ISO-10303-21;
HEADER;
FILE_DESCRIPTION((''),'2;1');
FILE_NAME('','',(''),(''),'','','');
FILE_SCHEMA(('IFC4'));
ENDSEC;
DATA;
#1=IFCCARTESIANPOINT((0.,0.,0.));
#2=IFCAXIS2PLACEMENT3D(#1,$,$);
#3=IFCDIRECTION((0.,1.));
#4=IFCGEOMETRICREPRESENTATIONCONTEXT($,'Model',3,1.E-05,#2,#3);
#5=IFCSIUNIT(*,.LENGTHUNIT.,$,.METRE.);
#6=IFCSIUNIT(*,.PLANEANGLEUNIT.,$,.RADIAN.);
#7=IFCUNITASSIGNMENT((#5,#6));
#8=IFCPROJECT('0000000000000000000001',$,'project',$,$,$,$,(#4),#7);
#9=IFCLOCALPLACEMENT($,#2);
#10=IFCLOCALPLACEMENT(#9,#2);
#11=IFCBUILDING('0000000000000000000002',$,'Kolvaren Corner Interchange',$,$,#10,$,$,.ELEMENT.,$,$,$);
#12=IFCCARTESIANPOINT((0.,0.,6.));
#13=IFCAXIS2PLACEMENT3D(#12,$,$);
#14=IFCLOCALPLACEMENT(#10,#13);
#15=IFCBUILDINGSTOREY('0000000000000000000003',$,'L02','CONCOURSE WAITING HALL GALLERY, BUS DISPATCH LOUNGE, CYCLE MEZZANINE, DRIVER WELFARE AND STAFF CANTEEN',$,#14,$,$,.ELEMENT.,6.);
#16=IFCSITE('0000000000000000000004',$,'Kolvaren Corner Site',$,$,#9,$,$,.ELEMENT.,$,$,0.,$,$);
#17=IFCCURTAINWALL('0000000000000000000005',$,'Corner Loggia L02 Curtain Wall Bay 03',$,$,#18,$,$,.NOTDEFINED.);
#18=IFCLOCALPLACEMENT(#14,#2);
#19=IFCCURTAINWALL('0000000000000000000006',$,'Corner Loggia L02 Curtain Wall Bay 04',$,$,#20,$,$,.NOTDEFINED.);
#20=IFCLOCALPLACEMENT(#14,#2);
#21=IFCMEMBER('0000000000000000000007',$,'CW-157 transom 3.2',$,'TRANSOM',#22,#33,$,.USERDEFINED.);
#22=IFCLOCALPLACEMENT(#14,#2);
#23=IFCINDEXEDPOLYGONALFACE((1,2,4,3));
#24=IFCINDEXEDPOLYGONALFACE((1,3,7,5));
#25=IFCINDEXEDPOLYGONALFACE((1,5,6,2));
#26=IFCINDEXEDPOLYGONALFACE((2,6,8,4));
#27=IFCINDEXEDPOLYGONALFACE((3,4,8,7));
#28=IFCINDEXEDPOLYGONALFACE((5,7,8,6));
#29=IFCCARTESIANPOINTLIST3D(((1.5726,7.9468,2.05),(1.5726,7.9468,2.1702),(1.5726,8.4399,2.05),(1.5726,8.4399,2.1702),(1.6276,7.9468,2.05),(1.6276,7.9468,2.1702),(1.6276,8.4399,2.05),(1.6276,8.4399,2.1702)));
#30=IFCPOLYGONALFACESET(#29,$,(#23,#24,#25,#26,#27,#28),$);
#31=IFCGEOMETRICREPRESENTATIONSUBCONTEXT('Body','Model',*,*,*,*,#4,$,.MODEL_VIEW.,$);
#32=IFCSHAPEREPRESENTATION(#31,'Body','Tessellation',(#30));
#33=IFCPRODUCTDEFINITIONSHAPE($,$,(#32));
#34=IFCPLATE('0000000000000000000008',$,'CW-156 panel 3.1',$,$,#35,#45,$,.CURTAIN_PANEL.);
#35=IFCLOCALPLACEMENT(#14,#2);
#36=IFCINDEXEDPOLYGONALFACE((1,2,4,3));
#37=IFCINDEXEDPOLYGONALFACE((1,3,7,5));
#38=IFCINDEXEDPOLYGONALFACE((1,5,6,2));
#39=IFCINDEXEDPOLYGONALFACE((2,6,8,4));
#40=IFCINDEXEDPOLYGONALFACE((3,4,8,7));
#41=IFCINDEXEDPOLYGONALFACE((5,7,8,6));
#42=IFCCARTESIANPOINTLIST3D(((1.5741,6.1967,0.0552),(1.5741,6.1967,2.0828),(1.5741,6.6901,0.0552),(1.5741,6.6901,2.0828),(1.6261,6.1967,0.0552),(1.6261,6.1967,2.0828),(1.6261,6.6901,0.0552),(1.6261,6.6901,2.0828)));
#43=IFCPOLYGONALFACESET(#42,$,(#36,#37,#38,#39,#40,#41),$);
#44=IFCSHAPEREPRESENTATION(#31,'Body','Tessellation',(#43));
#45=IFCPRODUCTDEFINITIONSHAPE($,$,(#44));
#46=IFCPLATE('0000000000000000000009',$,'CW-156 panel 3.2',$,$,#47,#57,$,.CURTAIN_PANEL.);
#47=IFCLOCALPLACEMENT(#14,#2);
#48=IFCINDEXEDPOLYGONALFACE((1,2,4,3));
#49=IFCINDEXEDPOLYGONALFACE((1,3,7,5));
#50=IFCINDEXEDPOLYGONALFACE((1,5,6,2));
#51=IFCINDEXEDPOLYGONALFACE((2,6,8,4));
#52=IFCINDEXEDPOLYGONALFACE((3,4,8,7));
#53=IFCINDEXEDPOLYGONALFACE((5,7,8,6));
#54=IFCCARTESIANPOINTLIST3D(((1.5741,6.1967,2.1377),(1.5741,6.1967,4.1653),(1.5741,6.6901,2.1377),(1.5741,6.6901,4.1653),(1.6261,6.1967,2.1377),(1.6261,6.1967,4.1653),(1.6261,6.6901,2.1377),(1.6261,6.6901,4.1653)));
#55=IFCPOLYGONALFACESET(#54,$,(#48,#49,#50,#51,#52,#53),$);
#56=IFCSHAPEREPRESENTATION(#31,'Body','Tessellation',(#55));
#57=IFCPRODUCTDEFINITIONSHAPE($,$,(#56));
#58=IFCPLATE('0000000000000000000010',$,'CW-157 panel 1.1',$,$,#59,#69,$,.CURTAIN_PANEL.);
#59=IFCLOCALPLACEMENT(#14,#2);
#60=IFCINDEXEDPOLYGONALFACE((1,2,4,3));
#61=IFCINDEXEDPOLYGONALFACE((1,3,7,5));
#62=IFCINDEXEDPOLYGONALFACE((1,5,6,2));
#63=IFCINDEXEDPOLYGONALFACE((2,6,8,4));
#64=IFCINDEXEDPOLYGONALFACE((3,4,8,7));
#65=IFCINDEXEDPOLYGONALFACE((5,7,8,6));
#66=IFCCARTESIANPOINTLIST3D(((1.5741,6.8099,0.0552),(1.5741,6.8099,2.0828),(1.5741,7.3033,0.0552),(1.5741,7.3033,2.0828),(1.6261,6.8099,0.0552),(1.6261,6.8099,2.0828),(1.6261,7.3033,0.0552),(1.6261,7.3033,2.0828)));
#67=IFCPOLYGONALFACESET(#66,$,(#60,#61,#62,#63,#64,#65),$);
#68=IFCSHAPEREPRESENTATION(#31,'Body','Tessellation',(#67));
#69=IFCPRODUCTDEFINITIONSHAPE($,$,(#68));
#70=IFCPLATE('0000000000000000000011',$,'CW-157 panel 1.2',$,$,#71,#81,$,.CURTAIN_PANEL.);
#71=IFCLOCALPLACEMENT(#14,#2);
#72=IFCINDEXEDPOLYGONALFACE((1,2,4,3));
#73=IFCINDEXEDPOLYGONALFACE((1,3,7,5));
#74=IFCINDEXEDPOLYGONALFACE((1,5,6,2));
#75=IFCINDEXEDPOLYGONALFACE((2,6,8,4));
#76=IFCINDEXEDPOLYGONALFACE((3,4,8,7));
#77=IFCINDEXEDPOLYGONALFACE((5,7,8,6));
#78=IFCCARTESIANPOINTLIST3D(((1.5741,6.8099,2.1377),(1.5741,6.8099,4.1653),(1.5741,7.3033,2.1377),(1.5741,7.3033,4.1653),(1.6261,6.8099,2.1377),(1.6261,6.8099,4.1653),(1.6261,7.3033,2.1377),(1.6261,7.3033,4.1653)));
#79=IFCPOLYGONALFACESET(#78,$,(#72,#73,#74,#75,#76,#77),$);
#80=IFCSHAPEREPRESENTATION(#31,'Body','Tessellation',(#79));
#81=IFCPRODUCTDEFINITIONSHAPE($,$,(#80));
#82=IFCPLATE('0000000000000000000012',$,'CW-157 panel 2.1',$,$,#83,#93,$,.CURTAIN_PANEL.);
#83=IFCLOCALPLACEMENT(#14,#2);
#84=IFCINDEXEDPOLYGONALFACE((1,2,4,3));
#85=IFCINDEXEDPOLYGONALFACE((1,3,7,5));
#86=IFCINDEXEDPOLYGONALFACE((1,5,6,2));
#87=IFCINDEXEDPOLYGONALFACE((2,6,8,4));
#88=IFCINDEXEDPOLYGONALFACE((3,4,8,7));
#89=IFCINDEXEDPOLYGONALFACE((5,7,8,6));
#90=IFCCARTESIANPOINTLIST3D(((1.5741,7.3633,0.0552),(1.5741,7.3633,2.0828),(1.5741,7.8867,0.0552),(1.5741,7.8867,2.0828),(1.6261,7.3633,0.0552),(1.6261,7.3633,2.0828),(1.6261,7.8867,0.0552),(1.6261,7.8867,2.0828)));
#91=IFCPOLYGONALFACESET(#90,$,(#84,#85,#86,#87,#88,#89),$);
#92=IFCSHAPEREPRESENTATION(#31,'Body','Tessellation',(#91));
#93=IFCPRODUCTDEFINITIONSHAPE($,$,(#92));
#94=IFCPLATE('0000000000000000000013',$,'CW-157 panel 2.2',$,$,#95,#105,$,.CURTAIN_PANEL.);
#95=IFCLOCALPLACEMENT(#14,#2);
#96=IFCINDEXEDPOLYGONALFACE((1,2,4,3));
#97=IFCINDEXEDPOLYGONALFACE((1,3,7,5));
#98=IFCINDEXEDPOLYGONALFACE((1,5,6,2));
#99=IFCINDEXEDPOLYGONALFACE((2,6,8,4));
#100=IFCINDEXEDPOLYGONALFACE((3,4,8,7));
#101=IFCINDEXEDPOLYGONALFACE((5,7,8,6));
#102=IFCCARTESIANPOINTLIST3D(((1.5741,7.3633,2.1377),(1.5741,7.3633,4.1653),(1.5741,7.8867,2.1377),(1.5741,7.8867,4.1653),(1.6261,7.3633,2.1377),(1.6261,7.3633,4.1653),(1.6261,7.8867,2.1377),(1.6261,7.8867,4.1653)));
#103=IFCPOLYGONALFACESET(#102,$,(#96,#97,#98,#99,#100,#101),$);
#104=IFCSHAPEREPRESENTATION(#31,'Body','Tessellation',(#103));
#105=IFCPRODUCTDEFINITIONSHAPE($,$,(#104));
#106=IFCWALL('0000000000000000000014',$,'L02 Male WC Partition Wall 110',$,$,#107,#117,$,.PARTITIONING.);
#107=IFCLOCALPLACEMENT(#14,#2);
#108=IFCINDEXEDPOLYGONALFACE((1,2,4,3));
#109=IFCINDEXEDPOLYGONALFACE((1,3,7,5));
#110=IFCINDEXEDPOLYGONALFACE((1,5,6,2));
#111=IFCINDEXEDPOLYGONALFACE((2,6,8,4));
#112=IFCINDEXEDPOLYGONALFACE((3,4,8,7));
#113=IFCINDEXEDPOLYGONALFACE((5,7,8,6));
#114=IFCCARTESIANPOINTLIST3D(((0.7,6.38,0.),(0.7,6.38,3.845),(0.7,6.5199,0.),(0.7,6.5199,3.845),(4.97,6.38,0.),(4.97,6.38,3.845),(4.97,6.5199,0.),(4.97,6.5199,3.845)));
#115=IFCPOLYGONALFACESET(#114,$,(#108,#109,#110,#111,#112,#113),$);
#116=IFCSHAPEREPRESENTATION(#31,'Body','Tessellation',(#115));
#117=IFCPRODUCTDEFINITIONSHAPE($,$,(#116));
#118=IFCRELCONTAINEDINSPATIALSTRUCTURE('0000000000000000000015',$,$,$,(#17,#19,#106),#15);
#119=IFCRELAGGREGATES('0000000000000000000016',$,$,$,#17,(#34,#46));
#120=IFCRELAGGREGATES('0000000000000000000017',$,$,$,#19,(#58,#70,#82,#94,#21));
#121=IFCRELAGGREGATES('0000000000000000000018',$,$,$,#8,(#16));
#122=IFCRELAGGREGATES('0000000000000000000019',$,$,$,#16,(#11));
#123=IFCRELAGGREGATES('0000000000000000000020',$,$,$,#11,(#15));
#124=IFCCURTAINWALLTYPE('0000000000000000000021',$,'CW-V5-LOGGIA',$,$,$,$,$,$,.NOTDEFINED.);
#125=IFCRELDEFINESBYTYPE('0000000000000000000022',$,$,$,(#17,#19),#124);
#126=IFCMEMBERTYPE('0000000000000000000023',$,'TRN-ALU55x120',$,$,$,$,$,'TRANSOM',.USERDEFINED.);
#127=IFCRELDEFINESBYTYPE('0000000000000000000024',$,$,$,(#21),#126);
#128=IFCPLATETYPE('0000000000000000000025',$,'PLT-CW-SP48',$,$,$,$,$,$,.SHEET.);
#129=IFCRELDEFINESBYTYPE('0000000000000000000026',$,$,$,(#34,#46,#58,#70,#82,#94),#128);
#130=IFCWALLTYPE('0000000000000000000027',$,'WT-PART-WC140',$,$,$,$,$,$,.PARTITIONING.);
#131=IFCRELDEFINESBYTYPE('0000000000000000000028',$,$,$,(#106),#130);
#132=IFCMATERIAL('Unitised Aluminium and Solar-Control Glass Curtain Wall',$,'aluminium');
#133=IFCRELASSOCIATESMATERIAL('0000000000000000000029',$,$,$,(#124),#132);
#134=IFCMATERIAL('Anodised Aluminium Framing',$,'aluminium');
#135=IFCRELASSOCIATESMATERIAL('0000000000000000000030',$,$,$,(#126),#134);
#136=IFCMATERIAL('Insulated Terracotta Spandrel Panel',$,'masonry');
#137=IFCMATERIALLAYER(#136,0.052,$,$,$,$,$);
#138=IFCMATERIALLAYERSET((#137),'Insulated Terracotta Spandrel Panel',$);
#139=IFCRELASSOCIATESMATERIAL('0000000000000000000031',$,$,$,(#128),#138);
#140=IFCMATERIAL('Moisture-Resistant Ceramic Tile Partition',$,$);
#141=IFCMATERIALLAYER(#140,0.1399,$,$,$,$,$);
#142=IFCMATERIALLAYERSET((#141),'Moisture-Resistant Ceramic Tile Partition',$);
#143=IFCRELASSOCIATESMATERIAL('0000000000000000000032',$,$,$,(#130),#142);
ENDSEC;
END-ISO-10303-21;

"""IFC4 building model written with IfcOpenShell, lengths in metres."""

from ifc_helpers import new_model, si_unit, direction, frame, frame_2d, origin, origin_2d, place, context, subcontext, project, spatial, rectangle, extrude, material, layer, layer_set, material_profile, profile_set, type_object, element, aggregate, save


model = new_model("IFC4")

# Units and contexts
model_context = context("Model", 3, precision=1e-05, world=origin(), true_north=direction((0.0, 1.0)))
body_context = subcontext(model_context, "Body", "Model", "MODEL_VIEW")
ifc_project = project(units=[si_unit("LENGTHUNIT", "METRE"), si_unit("PLANEANGLEUNIT", "RADIAN")], contexts=[model_context])

# Site, building, storey
site_placement = place(None, origin())
site = spatial("IfcSite", under=ifc_project, at=site_placement, Name="Kolvaren Corner Site", CompositionType="ELEMENT", RefElevation=0.0)
building_placement = place(site_placement, origin())
building = spatial("IfcBuilding", under=site, at=building_placement, Name="Kolvaren Corner Interchange", CompositionType="ELEMENT")
storey_placement = place(building_placement, frame((0.0, 0.0, 6.0)))
storey = spatial("IfcBuildingStorey", under=building, at=storey_placement, Name="L02", Description="CONCOURSE WAITING HALL GALLERY, BUS DISPATCH LOUNGE, CYCLE MEZZANINE, DRIVER WELFARE AND STAFF CANTEEN", CompositionType="ELEMENT", Elevation=6.0)

# Curtain walls
ifc_material_1 = material(Name="Unitised Aluminium and Solar-Control Glass Curtain Wall", Category="aluminium")
curtain_wall_type = type_object("IfcCurtainWallType", Name="CW-V5-LOGGIA", PredefinedType="NOTDEFINED", material=ifc_material_1)
curtain_wall_1_placement = place(storey_placement, origin())
curtain_wall_1 = element("IfcCurtainWall", 1, at=curtain_wall_1_placement, inside=storey, type_object=curtain_wall_type, Name="Corner Loggia L02 Curtain Wall Bay 03", PredefinedType="NOTDEFINED")
curtain_wall_2_placement = place(storey_placement, origin())
curtain_wall_2 = element("IfcCurtainWall", 2, at=curtain_wall_2_placement, inside=storey, type_object=curtain_wall_type, Name="Corner Loggia L02 Curtain Wall Bay 04", PredefinedType="NOTDEFINED")

# Member
ifc_material_2 = material(Name="Anodised Aluminium Framing", Category="aluminium")
ifc_material_profile_1 = material_profile(ifc_material_2, rectangle(XDim=0.0549, YDim=0.1201, at=origin_2d()), Name="ALU 55x120")
ifc_profile_set_1 = profile_set([ifc_material_profile_1], Name="Anodised Aluminium Framing")
member_type_1 = type_object("IfcMemberType", Name="TRN-ALU55x120", ElementType="TRANSOM", PredefinedType="USERDEFINED", material=ifc_profile_set_1)
member_1_placement = place(storey_placement, frame((1.6001, 7.9468, 2.1101), z_axis=(0.0, 1.0, 0.0), x_axis=(-1.0, 0.0, 0.0)))
member_1 = element("IfcMember", 3, at=member_1_placement, type_object=member_type_1, Name="CW-157 transom 3.2", ObjectType="TRANSOM", PredefinedType="USERDEFINED", context=body_context, shape_type="SweptSolid", body=[
    extrude(rectangle(XDim=0.0549, YDim=0.1201, at=origin_2d()), origin(), (0.0, 0.0, 1.0), 0.4932),
])

# Plates
ifc_material_3 = material(Name="Insulated Terracotta Spandrel Panel", Category="masonry")
ifc_layer_1 = layer(ifc_material_3, 0.052)
ifc_layer_set_1 = layer_set([ifc_layer_1], Name="Insulated Terracotta Spandrel Panel")
plate_type = type_object("IfcPlateType", Name="PLT-CW-SP48", PredefinedType="SHEET", material=ifc_layer_set_1)
plate_1_placement = place(storey_placement, frame((1.6001, 6.4434, 0.0552), z_axis=(0.0, 0.0, 1.0), x_axis=(0.0, 1.0, 0.0)))
plate_1 = element("IfcPlate", 4, at=plate_1_placement, type_object=plate_type, Name="CW-156 panel 3.1", PredefinedType="CURTAIN_PANEL", context=body_context, shape_type="SweptSolid", body=[
    extrude(rectangle(XDim=0.4934, YDim=0.052, at=origin_2d()), origin(), (0.0, 0.0, 1.0), 2.0276),
])
plate_2_placement = place(storey_placement, frame((1.6001, 6.4434, 2.1377), z_axis=(0.0, 0.0, 1.0), x_axis=(0.0, 1.0, 0.0)))
plate_2 = element("IfcPlate", 5, at=plate_2_placement, type_object=plate_type, Name="CW-156 panel 3.2", PredefinedType="CURTAIN_PANEL", context=body_context, shape_type="SweptSolid", body=[
    extrude(rectangle(XDim=0.4934, YDim=0.052, at=origin_2d()), origin(), (0.0, 0.0, 1.0), 2.0276),
])
aggregate(curtain_wall_1, [plate_1, plate_2])
plate_3_placement = place(storey_placement, frame((1.6001, 7.0566, 0.0552), z_axis=(0.0, 0.0, 1.0), x_axis=(0.0, 1.0, 0.0)))
plate_3 = element("IfcPlate", 6, at=plate_3_placement, type_object=plate_type, Name="CW-157 panel 1.1", PredefinedType="CURTAIN_PANEL", context=body_context, shape_type="SweptSolid", body=[
    extrude(rectangle(XDim=0.4934, YDim=0.052, at=origin_2d()), origin(), (0.0, 0.0, 1.0), 2.0276),
])
plate_4_placement = place(storey_placement, frame((1.6001, 7.0566, 2.1377), z_axis=(0.0, 0.0, 1.0), x_axis=(0.0, 1.0, 0.0)))
plate_4 = element("IfcPlate", 7, at=plate_4_placement, type_object=plate_type, Name="CW-157 panel 1.2", PredefinedType="CURTAIN_PANEL", context=body_context, shape_type="SweptSolid", body=[
    extrude(rectangle(XDim=0.4934, YDim=0.052, at=origin_2d()), origin(), (0.0, 0.0, 1.0), 2.0276),
])
plate_5_placement = place(storey_placement, frame((1.6001, 7.625, 0.0552), z_axis=(0.0, 0.0, 1.0), x_axis=(0.0, 1.0, 0.0)))
plate_5 = element("IfcPlate", 8, at=plate_5_placement, type_object=plate_type, Name="CW-157 panel 2.1", PredefinedType="CURTAIN_PANEL", context=body_context, shape_type="SweptSolid", body=[
    extrude(rectangle(XDim=0.5234, YDim=0.052, at=origin_2d()), origin(), (0.0, 0.0, 1.0), 2.0276),
])
plate_6_placement = place(storey_placement, frame((1.6001, 7.625, 2.1377), z_axis=(0.0, 0.0, 1.0), x_axis=(0.0, 1.0, 0.0)))
plate_6 = element("IfcPlate", 9, at=plate_6_placement, type_object=plate_type, Name="CW-157 panel 2.2", PredefinedType="CURTAIN_PANEL", context=body_context, shape_type="SweptSolid", body=[
    extrude(rectangle(XDim=0.5234, YDim=0.052, at=origin_2d()), origin(), (0.0, 0.0, 1.0), 2.0276),
])
aggregate(curtain_wall_2, [plate_3, plate_4, plate_5, plate_6, member_1])

# Wall
ifc_material_4 = material(Name="Moisture-Resistant Ceramic Tile Partition")
ifc_layer_2 = layer(ifc_material_4, 0.1399)
ifc_layer_set_2 = layer_set([ifc_layer_2], Name="Moisture-Resistant Ceramic Tile Partition")
wall_type = type_object("IfcWallType", Name="WT-PART-WC140", PredefinedType="PARTITIONING", material=ifc_layer_set_2)
wall_placement = place(storey_placement, frame((0.7, 6.45, 0.0), z_axis=(0.0, 0.0, 1.0), x_axis=(1.0, 0.0, 0.0)))
element("IfcWall", 10, at=wall_placement, inside=storey, type_object=wall_type, Name="L02 Male WC Partition Wall 110", PredefinedType="PARTITIONING", context=body_context, shape_type="SweptSolid", body=[
    extrude(rectangle(XDim=4.27, YDim=0.1399, at=frame_2d((2.135, 0.0))), origin(), (0.0, 0.0, 1.0), 3.845),
])

save(model, "model.ifc")
